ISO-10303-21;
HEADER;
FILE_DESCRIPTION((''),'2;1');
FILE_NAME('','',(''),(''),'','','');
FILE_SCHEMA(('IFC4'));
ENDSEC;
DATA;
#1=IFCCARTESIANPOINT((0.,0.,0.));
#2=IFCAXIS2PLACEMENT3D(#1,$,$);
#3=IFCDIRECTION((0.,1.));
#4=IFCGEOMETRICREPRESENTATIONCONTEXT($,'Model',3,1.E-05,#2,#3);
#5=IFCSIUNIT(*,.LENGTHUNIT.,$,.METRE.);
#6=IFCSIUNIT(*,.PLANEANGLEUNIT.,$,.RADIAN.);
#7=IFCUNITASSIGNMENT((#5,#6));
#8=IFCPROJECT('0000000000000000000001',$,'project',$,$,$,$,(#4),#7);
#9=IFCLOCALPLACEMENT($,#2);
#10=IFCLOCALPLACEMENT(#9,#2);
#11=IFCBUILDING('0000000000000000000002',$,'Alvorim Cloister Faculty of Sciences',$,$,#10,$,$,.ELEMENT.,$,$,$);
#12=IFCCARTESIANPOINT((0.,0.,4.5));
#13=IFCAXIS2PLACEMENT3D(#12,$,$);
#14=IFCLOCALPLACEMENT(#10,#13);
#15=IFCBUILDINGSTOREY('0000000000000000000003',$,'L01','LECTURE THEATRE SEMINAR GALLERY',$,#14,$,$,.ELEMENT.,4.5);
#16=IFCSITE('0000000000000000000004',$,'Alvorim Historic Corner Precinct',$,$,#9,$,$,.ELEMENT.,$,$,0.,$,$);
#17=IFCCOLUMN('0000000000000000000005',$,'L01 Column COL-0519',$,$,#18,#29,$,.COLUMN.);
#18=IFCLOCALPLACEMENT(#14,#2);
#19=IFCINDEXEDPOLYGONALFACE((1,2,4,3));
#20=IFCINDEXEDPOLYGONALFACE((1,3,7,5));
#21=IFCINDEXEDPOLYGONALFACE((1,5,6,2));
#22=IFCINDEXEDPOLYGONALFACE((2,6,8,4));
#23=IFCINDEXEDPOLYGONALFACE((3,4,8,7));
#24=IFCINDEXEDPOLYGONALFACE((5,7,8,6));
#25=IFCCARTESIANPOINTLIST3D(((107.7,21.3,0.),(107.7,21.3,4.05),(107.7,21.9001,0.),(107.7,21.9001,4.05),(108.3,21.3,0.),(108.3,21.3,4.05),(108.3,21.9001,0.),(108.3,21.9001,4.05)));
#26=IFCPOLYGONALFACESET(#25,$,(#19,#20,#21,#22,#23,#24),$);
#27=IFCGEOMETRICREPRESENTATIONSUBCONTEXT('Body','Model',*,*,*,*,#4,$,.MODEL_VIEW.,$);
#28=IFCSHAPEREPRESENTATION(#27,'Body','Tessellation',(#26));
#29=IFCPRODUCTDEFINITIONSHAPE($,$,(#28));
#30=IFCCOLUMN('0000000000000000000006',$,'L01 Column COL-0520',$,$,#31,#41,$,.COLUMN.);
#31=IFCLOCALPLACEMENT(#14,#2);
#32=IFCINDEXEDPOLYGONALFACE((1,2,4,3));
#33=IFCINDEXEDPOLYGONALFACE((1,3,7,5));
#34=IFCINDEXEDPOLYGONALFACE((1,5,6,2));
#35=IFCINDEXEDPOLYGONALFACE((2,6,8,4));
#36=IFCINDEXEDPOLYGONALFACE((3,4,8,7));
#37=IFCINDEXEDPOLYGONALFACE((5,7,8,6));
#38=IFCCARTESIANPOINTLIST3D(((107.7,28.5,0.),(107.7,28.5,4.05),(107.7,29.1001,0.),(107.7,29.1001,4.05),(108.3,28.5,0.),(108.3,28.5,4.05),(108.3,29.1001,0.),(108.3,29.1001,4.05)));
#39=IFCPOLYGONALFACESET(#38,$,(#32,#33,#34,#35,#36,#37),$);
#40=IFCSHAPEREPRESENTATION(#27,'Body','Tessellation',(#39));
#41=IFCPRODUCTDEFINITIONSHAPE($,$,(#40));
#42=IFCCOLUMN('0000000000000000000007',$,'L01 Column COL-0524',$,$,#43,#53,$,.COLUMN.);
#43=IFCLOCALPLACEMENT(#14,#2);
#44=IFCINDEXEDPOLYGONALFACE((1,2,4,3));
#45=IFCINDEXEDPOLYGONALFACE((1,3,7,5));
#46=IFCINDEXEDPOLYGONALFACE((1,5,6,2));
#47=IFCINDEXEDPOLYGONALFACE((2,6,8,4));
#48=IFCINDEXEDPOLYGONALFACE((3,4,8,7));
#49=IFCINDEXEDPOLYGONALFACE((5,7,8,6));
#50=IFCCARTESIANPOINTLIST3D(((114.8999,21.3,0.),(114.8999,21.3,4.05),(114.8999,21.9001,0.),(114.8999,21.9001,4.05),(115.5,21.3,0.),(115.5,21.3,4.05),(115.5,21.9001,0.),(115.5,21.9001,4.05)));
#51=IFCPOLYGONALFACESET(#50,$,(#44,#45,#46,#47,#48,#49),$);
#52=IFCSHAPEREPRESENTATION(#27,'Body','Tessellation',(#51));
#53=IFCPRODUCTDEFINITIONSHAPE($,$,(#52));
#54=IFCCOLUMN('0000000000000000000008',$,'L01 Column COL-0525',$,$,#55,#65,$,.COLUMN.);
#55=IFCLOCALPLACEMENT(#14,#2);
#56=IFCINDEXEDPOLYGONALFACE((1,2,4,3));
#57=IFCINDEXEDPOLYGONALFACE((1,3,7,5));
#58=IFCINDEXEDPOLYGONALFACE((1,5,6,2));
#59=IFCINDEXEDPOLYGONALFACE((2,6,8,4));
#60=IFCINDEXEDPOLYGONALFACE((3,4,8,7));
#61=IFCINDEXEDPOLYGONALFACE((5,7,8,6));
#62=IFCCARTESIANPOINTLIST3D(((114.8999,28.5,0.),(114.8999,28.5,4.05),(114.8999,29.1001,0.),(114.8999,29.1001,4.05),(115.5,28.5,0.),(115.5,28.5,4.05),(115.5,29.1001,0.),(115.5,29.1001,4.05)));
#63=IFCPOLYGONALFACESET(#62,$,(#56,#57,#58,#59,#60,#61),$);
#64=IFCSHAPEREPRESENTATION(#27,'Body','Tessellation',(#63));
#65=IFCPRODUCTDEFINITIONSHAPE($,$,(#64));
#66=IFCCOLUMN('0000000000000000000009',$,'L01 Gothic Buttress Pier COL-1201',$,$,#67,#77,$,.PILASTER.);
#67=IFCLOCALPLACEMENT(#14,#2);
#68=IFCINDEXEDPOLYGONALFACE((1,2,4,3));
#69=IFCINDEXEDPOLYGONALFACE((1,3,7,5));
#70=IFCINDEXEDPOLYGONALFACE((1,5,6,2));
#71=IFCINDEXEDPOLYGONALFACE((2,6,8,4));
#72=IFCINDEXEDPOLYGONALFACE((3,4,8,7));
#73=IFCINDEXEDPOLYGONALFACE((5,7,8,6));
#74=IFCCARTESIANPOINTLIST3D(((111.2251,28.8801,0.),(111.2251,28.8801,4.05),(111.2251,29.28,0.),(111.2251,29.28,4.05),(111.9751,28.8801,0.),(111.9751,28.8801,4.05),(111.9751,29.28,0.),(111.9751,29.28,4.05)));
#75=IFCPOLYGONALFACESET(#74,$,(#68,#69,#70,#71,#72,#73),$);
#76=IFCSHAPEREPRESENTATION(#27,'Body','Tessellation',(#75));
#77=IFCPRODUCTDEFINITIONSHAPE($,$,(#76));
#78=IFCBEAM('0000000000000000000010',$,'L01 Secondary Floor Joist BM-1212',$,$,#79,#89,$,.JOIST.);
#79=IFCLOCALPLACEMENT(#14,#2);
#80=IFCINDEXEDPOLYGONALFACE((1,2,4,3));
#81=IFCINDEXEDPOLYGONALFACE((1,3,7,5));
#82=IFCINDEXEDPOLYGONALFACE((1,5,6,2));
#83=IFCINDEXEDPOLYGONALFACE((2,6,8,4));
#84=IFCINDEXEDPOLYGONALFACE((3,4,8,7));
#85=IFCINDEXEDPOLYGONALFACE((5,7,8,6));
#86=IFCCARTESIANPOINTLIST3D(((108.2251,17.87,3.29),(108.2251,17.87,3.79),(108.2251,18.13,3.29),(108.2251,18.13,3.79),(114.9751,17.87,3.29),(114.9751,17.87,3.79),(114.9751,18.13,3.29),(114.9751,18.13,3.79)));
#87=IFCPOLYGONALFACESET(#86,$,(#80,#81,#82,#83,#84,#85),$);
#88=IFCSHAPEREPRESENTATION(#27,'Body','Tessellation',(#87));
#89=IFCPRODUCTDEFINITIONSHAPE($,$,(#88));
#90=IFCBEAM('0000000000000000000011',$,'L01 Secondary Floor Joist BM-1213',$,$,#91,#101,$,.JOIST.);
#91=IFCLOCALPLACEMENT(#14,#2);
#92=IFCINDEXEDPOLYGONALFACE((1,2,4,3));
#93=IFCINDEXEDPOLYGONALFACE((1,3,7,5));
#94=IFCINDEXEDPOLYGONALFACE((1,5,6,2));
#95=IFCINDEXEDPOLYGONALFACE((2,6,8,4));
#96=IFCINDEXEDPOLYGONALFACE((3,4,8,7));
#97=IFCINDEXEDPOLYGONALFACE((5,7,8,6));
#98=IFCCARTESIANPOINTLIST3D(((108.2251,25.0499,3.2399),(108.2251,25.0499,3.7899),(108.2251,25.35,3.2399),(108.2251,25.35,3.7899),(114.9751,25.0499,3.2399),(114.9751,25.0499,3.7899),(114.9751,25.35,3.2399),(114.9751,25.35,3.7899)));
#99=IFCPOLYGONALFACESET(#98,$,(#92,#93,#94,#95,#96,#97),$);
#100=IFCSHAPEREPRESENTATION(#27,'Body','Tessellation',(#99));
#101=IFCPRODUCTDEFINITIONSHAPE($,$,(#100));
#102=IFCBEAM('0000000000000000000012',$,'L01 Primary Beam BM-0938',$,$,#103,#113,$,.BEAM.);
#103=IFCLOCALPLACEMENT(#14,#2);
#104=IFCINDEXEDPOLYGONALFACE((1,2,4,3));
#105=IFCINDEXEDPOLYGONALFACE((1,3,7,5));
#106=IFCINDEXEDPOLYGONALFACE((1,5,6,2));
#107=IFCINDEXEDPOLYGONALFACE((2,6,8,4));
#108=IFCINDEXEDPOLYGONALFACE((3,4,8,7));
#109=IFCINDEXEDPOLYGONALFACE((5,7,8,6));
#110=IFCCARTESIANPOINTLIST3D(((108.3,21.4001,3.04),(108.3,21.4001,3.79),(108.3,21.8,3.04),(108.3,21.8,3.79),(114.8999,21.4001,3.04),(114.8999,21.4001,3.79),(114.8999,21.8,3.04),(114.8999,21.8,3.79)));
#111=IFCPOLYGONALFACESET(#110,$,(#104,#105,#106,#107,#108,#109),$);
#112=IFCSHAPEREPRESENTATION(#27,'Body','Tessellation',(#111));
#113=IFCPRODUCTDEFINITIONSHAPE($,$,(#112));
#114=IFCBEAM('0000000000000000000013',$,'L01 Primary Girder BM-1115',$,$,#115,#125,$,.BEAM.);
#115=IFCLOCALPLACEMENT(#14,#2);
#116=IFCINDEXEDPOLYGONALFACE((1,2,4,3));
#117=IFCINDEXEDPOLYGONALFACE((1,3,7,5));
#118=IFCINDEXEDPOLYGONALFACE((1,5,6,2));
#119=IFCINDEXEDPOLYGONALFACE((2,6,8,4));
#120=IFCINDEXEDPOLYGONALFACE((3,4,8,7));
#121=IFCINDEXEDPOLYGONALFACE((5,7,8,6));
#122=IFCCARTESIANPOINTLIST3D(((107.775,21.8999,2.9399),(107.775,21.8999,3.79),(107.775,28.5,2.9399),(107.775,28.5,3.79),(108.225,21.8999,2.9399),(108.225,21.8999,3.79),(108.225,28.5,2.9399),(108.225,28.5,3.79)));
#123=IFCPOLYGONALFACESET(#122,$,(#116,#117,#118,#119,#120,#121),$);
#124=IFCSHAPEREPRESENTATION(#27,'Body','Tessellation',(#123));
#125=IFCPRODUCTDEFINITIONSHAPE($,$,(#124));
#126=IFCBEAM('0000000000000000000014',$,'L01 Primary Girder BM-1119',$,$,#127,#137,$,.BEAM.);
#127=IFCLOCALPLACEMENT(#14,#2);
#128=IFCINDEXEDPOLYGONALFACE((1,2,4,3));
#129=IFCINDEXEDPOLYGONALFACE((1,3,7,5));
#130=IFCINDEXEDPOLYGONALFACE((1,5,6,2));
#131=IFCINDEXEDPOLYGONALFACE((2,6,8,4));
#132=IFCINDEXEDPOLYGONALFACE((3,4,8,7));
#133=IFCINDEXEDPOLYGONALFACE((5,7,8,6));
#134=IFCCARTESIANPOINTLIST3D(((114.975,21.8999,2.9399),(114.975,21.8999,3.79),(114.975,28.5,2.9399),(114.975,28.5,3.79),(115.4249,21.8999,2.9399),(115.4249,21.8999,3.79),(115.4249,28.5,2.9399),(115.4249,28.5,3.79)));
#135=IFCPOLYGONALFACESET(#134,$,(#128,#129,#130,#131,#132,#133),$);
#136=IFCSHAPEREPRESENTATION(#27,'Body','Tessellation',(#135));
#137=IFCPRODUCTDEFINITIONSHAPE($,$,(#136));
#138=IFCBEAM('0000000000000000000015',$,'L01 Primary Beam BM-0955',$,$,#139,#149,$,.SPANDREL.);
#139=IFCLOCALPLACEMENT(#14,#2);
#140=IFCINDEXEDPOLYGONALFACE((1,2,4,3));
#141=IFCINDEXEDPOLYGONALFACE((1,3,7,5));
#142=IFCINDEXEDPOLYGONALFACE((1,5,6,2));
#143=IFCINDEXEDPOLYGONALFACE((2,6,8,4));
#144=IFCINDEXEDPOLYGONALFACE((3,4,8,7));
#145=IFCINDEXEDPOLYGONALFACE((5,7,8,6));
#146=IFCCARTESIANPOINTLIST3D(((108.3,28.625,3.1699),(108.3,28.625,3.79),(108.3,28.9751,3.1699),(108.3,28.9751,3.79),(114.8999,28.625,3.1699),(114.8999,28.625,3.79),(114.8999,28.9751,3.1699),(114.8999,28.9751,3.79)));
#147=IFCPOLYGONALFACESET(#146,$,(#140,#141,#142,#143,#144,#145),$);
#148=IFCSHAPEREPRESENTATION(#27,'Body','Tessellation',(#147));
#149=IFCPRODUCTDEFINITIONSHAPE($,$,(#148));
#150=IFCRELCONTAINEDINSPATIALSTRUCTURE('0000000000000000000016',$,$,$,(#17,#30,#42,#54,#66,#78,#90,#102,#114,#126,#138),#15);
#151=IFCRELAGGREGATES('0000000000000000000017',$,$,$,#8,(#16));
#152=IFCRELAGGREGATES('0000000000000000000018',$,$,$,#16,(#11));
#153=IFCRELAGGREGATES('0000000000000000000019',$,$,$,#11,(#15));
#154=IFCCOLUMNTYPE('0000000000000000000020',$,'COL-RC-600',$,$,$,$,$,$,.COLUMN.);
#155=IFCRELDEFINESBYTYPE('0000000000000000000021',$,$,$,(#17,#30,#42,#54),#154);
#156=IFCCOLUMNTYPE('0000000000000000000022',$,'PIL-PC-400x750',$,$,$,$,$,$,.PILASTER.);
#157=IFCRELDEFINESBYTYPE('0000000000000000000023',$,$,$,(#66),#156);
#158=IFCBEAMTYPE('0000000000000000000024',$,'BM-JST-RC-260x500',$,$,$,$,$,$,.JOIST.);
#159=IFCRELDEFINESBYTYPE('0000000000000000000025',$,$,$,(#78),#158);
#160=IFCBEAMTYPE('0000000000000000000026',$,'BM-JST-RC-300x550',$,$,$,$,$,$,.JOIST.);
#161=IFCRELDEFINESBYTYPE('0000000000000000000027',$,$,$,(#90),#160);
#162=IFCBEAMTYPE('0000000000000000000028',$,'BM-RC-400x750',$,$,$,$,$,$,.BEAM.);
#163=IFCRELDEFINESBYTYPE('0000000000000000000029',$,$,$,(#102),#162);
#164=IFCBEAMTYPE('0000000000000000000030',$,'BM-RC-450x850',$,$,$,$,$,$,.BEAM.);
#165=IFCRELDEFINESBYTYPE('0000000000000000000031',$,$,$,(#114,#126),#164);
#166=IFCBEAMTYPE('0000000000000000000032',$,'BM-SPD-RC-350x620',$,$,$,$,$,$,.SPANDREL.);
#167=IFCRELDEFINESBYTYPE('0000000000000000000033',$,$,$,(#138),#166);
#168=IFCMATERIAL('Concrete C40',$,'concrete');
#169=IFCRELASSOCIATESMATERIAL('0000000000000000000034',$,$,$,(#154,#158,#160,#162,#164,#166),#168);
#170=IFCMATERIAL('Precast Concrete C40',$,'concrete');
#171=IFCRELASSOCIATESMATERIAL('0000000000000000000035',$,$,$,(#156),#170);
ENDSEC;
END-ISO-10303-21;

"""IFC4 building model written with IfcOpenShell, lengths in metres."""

from ifc_helpers import new_model, si_unit, direction, frame, origin, origin_2d, place, context, subcontext, project, spatial, rectangle, extrude, material, material_profile, profile_set, type_object, element, save


model = new_model("IFC4")

# Units and contexts
model_context = context("Model", 3, precision=1e-05, world=origin(), true_north=direction((0.0, 1.0)))
body_context = subcontext(model_context, "Body", "Model", "MODEL_VIEW")
ifc_project = project(units=[si_unit("LENGTHUNIT", "METRE"), si_unit("PLANEANGLEUNIT", "RADIAN")], contexts=[model_context])

# Site, building, storey
site_placement = place(None, origin())
site = spatial("IfcSite", under=ifc_project, at=site_placement, Name="Alvorim Historic Corner Precinct", CompositionType="ELEMENT", RefElevation=0.0)
building_placement = place(site_placement, origin())
building = spatial("IfcBuilding", under=site, at=building_placement, Name="Alvorim Cloister Faculty of Sciences", CompositionType="ELEMENT")
storey_placement = place(building_placement, frame((0.0, 0.0, 4.5)))
storey = spatial("IfcBuildingStorey", under=building, at=storey_placement, Name="L01", Description="LECTURE THEATRE SEMINAR GALLERY", CompositionType="ELEMENT", Elevation=4.5)

# Columns
ifc_material_1 = material(Name="Concrete C40", Category="concrete")
ifc_material_profile_1 = material_profile(ifc_material_1, rectangle(XDim=0.6001, YDim=0.6001, at=origin_2d()), Name="RC40-COL-600x600")
ifc_profile_set_1 = profile_set([ifc_material_profile_1], Name="Concrete C40")
column_type_1 = type_object("IfcColumnType", Name="COL-RC-600", PredefinedType="COLUMN", material=ifc_profile_set_1)
for number, where, z_axis, x_axis, name in (
    (1, (108.0, 21.6001, 0.0), (0.0, 0.0, 1.0), (1.0, 0.0, 0.0), "L01 Column COL-0519"),
    (2, (108.0, 28.8, 0.0), (0.0, 0.0, 1.0), (1.0, 0.0, 0.0), "L01 Column COL-0520"),
    (3, (115.2, 21.6001, 0.0), (0.0, 0.0, 1.0), (1.0, 0.0, 0.0), "L01 Column COL-0524"),
    (4, (115.2, 28.8, 0.0), (0.0, 0.0, 1.0), (1.0, 0.0, 0.0), "L01 Column COL-0525"),
):
    element("IfcColumn", number, at=place(storey_placement, frame(where, z_axis=z_axis, x_axis=x_axis)), inside=storey, type_object=column_type_1, Name=name, PredefinedType="COLUMN", context=body_context, shape_type="SweptSolid", body=[
        extrude(rectangle(XDim=0.6001, YDim=0.6001, at=origin_2d()), origin(), (0.0, 0.0, 1.0), 4.05),
    ])
ifc_material_2 = material(Name="Precast Concrete C40", Category="concrete")
ifc_material_profile_2 = material_profile(ifc_material_2, rectangle(XDim=0.3999, YDim=0.75, at=origin_2d()), Name="RC40-PIL-400x750")
ifc_profile_set_2 = profile_set([ifc_material_profile_2], Name="Precast Concrete C40")
column_type_2 = type_object("IfcColumnType", Name="PIL-PC-400x750", PredefinedType="PILASTER", material=ifc_profile_set_2)
column_placement = place(storey_placement, frame((111.6001, 29.0801, 0.0), z_axis=(0.0, 0.0, 1.0), x_axis=(0.0, 1.0, 0.0)))
element("IfcColumn", 5, at=column_placement, inside=storey, type_object=column_type_2, Name="L01 Gothic Buttress Pier COL-1201", PredefinedType="PILASTER", context=body_context, shape_type="SweptSolid", body=[
    extrude(rectangle(XDim=0.3999, YDim=0.75, at=origin_2d()), origin(), (0.0, 0.0, 1.0), 4.05),
])

# Beams
ifc_material_profile_3 = material_profile(ifc_material_1, rectangle(XDim=0.26, YDim=0.5, at=origin_2d()), Name="RC40-JST-260x500")
ifc_profile_set_3 = profile_set([ifc_material_profile_3], Name="Concrete C40")
beam_type_1 = type_object("IfcBeamType", Name="BM-JST-RC-260x500", PredefinedType="JOIST", material=ifc_profile_set_3)
beam_1_placement = place(storey_placement, frame((108.2251, 18.0, 3.54), z_axis=(1.0, 0.0, 0.0), x_axis=(0.0, 1.0, 0.0)))
element("IfcBeam", 6, at=beam_1_placement, inside=storey, type_object=beam_type_1, Name="L01 Secondary Floor Joist BM-1212", PredefinedType="JOIST", context=body_context, shape_type="SweptSolid", body=[
    extrude(rectangle(XDim=0.26, YDim=0.5, at=origin_2d()), origin(), (0.0, 0.0, 1.0), 6.75),
])
ifc_material_profile_4 = material_profile(ifc_material_1, rectangle(XDim=0.3, YDim=0.55, at=origin_2d()), Name="RC40-JST-300x550")
ifc_profile_set_4 = profile_set([ifc_material_profile_4], Name="Concrete C40")
beam_type_2 = type_object("IfcBeamType", Name="BM-JST-RC-300x550", PredefinedType="JOIST", material=ifc_profile_set_4)
beam_2_placement = place(storey_placement, frame((108.2251, 25.2, 3.5149), z_axis=(1.0, 0.0, 0.0), x_axis=(0.0, 1.0, 0.0)))
element("IfcBeam", 7, at=beam_2_placement, inside=storey, type_object=beam_type_2, Name="L01 Secondary Floor Joist BM-1213", PredefinedType="JOIST", context=body_context, shape_type="SweptSolid", body=[
    extrude(rectangle(XDim=0.3, YDim=0.55, at=origin_2d()), origin(), (0.0, 0.0, 1.0), 6.75),
])
ifc_material_profile_5 = material_profile(ifc_material_1, rectangle(XDim=0.3999, YDim=0.75, at=origin_2d()), Name="RC40-BM-400x750")
ifc_profile_set_5 = profile_set([ifc_material_profile_5], Name="Concrete C40")
beam_type_3 = type_object("IfcBeamType", Name="BM-RC-400x750", PredefinedType="BEAM", material=ifc_profile_set_5)
beam_3_placement = place(storey_placement, frame((108.3, 21.6001, 3.415), z_axis=(1.0, 0.0, 0.0), x_axis=(0.0, 1.0, 0.0)))
element("IfcBeam", 8, at=beam_3_placement, inside=storey, type_object=beam_type_3, Name="L01 Primary Beam BM-0938", PredefinedType="BEAM", context=body_context, shape_type="SweptSolid", body=[
    extrude(rectangle(XDim=0.3999, YDim=0.75, at=origin_2d()), origin(), (0.0, 0.0, 1.0), 6.5999),
])
ifc_material_profile_6 = material_profile(ifc_material_1, rectangle(XDim=0.45, YDim=0.8501, at=origin_2d()), Name="RC40-BM-450x850")
ifc_profile_set_6 = profile_set([ifc_material_profile_6], Name="Concrete C40")
beam_type_4 = type_object("IfcBeamType", Name="BM-RC-450x850", PredefinedType="BEAM", material=ifc_profile_set_6)
for number, where, z_axis, x_axis, name in (
    (9, (108.0, 21.8999, 3.365), (0.0, 1.0, 0.0), (-1.0, 0.0, 0.0), "L01 Primary Girder BM-1115"),
    (10, (115.2, 21.8999, 3.365), (0.0, 1.0, 0.0), (-1.0, 0.0, 0.0), "L01 Primary Girder BM-1119"),
):
    element("IfcBeam", number, at=place(storey_placement, frame(where, z_axis=z_axis, x_axis=x_axis)), inside=storey, type_object=beam_type_4, Name=name, PredefinedType="BEAM", context=body_context, shape_type="SweptSolid", body=[
        extrude(rectangle(XDim=0.45, YDim=0.8501, at=origin_2d()), origin(), (0.0, 0.0, 1.0), 6.6001),
    ])
ifc_material_profile_7 = material_profile(ifc_material_1, rectangle(XDim=0.3501, YDim=0.6201, at=origin_2d()), Name="RC40-SPD-350x620")
ifc_profile_set_7 = profile_set([ifc_material_profile_7], Name="Concrete C40")
beam_type_5 = type_object("IfcBeamType", Name="BM-SPD-RC-350x620", PredefinedType="SPANDREL", material=ifc_profile_set_7)
beam_4_placement = place(storey_placement, frame((108.3, 28.8, 3.48), z_axis=(1.0, 0.0, 0.0), x_axis=(0.0, 1.0, 0.0)))
element("IfcBeam", 11, at=beam_4_placement, inside=storey, type_object=beam_type_5, Name="L01 Primary Beam BM-0955", PredefinedType="SPANDREL", context=body_context, shape_type="SweptSolid", body=[
    extrude(rectangle(XDim=0.3501, YDim=0.6201, at=origin_2d()), origin(), (0.0, 0.0, 1.0), 6.5999),
])

save(model, "model.ifc")
